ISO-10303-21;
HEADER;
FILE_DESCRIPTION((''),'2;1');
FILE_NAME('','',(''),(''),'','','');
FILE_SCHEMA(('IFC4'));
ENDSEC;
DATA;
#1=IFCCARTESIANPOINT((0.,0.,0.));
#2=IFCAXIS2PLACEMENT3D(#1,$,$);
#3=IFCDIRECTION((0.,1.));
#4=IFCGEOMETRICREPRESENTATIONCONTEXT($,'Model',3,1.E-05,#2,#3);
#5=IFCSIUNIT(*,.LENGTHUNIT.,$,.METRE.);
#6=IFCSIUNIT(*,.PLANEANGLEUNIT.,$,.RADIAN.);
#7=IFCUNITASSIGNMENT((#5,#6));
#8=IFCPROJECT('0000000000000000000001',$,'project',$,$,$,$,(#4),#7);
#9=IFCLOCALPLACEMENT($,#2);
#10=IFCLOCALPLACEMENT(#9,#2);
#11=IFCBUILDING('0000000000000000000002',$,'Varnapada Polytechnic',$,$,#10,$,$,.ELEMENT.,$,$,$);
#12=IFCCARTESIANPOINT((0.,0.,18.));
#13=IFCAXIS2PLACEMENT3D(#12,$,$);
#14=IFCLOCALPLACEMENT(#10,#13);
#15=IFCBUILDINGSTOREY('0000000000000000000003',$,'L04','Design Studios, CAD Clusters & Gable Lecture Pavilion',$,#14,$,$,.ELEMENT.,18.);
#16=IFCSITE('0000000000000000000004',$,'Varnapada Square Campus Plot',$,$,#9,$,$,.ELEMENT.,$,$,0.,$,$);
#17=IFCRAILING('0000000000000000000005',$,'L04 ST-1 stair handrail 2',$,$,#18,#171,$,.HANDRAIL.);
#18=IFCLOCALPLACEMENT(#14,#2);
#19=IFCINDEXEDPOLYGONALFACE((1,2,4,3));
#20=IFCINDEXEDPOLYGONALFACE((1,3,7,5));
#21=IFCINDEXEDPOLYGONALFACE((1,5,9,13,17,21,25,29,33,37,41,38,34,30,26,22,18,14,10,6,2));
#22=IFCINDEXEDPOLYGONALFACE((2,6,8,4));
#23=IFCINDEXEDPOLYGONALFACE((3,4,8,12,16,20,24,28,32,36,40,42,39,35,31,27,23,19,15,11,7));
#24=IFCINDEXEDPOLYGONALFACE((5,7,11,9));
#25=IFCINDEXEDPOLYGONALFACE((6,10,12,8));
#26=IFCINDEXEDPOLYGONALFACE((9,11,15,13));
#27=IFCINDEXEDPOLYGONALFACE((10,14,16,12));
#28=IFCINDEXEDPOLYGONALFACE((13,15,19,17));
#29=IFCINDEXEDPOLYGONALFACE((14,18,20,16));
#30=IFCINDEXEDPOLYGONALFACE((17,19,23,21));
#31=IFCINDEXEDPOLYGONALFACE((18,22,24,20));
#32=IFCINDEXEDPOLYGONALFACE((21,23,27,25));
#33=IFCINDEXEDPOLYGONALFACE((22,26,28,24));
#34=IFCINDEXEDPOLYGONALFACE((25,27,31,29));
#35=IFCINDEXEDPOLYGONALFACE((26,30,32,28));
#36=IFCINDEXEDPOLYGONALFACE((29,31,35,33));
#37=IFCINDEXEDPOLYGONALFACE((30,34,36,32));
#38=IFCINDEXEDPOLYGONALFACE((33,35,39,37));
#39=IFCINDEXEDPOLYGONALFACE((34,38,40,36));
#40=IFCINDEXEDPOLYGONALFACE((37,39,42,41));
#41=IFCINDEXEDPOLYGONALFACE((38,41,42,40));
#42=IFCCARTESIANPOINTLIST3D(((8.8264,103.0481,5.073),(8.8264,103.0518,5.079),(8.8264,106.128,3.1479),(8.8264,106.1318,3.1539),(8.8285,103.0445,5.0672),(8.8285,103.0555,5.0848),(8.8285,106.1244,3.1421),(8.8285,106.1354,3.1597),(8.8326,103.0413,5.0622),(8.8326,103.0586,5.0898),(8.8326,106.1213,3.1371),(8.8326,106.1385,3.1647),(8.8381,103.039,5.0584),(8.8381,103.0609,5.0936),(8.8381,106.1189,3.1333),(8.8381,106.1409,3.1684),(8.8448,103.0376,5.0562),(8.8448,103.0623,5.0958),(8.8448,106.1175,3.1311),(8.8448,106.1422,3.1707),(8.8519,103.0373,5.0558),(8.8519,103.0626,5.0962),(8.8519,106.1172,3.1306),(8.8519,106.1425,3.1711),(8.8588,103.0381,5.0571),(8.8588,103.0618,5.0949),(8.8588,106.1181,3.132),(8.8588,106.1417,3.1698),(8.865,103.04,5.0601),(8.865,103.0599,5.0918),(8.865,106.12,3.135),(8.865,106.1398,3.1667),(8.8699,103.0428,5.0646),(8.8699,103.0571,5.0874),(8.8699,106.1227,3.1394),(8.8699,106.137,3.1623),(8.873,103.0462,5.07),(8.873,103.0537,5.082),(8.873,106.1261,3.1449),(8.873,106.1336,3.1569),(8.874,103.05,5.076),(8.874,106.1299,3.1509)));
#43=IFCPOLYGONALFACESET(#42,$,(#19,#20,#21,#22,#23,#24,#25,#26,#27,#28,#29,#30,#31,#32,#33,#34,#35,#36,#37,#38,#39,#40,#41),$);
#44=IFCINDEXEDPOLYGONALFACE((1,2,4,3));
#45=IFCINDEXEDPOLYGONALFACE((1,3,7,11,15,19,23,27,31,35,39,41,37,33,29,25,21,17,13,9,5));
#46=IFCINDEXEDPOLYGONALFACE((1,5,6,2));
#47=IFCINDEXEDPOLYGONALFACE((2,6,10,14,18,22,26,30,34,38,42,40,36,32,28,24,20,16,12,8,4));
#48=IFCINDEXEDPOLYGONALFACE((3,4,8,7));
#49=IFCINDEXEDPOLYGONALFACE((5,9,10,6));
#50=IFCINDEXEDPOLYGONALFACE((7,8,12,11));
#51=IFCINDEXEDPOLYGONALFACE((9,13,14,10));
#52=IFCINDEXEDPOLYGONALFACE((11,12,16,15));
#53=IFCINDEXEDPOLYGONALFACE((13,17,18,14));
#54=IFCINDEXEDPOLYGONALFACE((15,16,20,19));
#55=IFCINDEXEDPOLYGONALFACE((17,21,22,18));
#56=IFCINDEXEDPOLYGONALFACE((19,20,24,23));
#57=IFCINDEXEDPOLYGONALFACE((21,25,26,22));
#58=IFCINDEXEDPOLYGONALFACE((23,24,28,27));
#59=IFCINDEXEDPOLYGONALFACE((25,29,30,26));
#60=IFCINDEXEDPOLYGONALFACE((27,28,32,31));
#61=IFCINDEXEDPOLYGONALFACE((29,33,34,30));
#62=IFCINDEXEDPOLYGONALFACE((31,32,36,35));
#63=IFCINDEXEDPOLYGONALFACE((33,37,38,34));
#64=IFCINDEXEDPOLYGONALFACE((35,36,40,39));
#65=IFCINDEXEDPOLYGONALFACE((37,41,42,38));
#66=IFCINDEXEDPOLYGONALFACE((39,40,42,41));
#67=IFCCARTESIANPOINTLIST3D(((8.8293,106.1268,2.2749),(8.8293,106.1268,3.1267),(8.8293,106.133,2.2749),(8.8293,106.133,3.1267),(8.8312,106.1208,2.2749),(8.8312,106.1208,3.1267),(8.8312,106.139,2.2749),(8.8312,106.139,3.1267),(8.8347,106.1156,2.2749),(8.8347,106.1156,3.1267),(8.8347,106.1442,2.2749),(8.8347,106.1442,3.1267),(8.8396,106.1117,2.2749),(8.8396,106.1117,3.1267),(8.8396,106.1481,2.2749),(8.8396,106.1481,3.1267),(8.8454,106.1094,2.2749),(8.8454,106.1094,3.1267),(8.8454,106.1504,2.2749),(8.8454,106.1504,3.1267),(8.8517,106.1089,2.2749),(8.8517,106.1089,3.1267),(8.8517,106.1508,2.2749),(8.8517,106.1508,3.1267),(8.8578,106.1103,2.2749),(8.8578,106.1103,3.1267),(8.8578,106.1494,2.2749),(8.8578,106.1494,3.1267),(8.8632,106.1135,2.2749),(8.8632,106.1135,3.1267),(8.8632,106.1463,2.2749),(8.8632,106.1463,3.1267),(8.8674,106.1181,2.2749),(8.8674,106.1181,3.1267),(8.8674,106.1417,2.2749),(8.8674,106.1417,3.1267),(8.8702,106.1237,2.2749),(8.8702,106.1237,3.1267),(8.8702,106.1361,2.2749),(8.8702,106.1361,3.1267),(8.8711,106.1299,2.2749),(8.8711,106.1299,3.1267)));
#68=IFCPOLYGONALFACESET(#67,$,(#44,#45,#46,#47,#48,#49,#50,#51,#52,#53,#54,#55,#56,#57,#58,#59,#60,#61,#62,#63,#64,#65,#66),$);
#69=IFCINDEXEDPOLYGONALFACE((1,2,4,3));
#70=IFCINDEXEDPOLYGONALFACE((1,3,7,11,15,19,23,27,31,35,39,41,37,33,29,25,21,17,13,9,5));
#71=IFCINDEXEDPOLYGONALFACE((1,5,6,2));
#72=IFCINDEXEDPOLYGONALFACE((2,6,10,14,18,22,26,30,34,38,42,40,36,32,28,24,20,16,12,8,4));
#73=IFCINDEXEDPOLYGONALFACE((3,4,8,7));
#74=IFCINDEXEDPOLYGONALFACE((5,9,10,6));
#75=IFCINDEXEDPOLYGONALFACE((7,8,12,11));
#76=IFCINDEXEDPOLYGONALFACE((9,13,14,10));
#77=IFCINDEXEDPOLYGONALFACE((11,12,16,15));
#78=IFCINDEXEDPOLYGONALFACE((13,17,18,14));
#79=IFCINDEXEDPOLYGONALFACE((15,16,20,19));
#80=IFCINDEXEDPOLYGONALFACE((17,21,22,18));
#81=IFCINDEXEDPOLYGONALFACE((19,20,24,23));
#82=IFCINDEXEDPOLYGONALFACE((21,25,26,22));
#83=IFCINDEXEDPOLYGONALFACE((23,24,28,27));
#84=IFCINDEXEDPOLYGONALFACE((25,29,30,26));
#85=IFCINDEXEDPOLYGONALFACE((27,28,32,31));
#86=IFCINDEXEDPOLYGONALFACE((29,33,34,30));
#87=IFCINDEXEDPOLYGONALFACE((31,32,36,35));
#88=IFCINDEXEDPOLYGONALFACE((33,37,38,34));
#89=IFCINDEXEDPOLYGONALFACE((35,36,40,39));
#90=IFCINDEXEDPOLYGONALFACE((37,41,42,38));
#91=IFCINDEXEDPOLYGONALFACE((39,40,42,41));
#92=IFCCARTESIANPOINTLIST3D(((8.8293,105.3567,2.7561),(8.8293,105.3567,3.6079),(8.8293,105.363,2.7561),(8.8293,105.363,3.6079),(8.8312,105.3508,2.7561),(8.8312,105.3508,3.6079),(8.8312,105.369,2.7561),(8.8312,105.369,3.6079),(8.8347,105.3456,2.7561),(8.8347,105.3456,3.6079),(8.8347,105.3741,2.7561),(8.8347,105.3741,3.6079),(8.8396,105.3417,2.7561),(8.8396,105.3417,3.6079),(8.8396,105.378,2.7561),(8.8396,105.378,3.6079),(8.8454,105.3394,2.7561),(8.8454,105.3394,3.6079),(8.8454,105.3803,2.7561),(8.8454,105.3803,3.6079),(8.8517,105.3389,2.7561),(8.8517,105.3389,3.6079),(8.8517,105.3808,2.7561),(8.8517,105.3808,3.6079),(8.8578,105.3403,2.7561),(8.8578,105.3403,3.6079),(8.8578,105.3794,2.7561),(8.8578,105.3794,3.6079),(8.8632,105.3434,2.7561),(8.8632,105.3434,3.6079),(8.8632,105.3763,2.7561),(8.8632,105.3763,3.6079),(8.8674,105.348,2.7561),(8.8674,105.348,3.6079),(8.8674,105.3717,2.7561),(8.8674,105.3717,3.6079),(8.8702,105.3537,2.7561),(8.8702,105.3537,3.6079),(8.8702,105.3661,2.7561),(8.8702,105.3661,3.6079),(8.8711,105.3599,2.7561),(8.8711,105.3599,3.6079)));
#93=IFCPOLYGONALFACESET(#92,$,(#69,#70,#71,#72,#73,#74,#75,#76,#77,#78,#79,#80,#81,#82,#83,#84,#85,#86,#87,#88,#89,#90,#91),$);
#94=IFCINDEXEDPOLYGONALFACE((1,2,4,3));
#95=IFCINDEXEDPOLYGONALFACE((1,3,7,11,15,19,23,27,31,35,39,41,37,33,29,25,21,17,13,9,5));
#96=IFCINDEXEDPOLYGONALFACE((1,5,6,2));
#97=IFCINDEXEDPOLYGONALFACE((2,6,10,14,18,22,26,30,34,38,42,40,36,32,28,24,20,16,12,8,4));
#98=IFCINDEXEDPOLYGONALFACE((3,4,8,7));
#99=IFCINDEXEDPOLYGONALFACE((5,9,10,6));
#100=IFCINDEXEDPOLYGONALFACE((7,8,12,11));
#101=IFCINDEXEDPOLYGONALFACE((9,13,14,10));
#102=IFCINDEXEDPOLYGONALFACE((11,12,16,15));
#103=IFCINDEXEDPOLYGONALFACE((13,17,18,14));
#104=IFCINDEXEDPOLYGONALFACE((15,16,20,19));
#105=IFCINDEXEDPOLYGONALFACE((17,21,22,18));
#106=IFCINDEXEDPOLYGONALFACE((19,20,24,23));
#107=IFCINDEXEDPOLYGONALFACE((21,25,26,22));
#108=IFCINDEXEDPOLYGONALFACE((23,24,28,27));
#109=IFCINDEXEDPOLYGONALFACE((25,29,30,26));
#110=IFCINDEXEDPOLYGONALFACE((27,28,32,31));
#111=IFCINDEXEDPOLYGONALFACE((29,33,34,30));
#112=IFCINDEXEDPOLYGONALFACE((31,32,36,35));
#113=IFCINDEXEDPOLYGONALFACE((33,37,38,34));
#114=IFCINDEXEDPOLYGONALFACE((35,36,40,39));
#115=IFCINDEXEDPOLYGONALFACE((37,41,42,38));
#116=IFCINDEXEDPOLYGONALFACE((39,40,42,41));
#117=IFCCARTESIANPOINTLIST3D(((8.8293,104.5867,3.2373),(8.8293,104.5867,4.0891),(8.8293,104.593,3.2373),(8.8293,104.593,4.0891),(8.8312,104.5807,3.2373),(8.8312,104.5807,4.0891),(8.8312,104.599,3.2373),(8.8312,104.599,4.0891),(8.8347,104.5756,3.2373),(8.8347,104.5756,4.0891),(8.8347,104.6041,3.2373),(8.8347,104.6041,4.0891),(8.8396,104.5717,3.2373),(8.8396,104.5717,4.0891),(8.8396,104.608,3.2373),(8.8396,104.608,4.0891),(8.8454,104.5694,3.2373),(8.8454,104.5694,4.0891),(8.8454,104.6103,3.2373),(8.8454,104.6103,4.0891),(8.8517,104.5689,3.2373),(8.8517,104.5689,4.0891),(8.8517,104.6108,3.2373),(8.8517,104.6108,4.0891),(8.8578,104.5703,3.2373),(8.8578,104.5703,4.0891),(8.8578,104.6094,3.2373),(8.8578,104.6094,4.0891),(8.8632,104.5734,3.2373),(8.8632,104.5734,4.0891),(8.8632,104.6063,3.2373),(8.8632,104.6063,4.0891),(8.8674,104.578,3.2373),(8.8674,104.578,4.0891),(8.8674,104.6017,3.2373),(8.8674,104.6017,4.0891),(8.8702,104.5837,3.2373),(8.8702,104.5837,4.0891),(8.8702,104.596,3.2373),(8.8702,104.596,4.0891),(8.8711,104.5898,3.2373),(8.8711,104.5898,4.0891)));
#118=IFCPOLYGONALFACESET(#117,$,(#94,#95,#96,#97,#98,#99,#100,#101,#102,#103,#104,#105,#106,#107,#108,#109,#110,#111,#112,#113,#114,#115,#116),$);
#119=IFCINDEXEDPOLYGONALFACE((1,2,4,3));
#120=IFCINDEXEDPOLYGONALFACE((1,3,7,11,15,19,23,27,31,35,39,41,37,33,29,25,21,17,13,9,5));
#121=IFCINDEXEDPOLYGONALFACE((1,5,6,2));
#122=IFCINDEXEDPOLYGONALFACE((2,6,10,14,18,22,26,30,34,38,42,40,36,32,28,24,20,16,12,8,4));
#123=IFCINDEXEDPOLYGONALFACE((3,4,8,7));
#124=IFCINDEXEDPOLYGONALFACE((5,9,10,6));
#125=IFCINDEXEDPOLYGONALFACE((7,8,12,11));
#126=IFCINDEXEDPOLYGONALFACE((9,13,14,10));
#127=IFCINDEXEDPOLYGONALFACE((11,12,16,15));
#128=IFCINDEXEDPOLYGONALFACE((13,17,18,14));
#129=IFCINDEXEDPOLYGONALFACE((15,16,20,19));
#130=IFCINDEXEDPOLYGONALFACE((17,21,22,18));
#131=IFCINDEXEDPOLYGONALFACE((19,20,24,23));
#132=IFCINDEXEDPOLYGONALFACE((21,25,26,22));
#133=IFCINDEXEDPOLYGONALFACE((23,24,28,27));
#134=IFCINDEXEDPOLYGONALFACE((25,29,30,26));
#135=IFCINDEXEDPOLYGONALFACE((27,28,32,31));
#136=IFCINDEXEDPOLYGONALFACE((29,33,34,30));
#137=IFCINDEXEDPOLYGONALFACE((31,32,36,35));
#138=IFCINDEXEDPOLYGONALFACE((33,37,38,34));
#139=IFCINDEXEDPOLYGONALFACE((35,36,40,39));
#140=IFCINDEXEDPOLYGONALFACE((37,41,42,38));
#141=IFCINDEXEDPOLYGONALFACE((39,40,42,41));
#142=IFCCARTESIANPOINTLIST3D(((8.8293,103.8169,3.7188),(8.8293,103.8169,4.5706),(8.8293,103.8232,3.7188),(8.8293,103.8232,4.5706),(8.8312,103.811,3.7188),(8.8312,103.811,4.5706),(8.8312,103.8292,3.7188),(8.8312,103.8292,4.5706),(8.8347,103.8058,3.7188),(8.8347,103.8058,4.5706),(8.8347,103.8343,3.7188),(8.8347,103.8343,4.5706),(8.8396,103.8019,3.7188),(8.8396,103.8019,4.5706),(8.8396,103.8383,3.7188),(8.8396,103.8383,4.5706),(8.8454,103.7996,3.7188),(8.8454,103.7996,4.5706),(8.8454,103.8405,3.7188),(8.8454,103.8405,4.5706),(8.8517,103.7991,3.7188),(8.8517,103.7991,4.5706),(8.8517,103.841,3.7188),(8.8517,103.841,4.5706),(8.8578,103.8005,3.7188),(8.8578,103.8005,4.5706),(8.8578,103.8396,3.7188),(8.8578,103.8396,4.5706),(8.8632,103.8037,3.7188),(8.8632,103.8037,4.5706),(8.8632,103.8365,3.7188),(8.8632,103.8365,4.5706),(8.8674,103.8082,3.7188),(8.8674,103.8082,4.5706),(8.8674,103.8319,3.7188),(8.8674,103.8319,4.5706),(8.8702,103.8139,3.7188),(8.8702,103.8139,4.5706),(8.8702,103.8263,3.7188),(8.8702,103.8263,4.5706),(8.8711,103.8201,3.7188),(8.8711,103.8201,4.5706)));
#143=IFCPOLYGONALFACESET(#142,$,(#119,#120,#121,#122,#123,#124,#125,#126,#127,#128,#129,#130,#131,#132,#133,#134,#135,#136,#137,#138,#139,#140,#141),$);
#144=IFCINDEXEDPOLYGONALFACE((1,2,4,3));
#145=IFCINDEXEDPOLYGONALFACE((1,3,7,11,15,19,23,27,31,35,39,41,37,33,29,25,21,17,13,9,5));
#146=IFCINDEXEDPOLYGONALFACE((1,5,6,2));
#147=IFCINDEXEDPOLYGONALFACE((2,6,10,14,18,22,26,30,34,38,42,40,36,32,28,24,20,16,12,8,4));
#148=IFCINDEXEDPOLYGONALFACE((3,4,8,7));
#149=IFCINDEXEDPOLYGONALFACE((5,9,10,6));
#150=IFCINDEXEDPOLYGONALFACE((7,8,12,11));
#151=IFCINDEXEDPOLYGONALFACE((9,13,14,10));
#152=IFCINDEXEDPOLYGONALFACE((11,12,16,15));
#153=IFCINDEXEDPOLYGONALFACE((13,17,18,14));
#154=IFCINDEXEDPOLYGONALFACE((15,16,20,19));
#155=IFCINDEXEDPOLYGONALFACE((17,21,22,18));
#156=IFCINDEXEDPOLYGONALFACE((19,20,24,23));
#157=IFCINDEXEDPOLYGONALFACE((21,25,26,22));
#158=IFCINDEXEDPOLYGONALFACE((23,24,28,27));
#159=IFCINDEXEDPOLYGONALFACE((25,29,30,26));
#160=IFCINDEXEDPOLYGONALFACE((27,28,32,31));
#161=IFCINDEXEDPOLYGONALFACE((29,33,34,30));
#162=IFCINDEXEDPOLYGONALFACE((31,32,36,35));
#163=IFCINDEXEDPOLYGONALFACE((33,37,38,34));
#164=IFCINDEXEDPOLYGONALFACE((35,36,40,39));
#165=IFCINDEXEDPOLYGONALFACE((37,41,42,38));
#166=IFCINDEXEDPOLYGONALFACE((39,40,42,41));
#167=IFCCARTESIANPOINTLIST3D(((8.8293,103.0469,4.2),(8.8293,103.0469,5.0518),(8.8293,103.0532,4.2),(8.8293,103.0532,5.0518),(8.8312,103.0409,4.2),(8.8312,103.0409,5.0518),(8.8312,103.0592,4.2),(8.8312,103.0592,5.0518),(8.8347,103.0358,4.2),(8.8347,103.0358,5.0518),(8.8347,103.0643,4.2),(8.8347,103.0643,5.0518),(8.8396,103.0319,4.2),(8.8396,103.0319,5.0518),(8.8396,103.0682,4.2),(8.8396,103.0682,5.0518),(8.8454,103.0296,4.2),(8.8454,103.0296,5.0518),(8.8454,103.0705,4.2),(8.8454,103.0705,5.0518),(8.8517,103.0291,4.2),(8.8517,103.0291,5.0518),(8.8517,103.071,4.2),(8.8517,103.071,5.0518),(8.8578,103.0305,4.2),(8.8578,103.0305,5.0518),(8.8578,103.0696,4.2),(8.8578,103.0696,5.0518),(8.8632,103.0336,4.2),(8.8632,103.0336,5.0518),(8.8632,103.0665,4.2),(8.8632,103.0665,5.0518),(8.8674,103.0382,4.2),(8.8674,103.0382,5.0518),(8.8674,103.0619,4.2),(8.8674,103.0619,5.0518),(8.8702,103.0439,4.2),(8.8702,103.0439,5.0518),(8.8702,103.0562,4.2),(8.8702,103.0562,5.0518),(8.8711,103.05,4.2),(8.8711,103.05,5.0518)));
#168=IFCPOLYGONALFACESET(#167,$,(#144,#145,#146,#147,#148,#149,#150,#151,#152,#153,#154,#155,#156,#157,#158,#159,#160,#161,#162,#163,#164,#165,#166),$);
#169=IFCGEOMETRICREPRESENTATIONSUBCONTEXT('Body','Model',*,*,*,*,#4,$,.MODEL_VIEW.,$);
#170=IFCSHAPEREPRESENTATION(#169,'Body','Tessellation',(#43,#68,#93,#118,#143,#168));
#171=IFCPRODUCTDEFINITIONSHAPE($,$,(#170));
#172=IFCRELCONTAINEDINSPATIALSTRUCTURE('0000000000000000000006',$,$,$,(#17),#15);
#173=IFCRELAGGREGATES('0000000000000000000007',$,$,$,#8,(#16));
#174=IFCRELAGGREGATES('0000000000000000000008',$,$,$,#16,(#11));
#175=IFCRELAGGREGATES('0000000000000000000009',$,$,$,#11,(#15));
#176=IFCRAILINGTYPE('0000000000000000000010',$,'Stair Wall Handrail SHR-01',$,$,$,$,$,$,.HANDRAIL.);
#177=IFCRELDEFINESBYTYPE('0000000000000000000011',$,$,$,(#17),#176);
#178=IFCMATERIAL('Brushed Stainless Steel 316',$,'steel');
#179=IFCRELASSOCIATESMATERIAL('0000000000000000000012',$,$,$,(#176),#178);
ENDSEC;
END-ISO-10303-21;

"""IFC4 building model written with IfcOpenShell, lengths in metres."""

from ifc_helpers import new_model, si_unit, direction, frame, origin, origin_2d, place, context, subcontext, project, spatial, circle, extrude, material, type_object, element, save


model = new_model("IFC4")

# Units and contexts
model_context = context("Model", 3, precision=1e-05, world=origin(), true_north=direction((0.0, 1.0)))
body_context = subcontext(model_context, "Body", "Model", "MODEL_VIEW")
ifc_project = project(units=[si_unit("LENGTHUNIT", "METRE"), si_unit("PLANEANGLEUNIT", "RADIAN")], contexts=[model_context])

# Site, building, storey
site_placement = place(None, origin())
site = spatial("IfcSite", under=ifc_project, at=site_placement, Name="Varnapada Square Campus Plot", CompositionType="ELEMENT", RefElevation=0.0)
building_placement = place(site_placement, origin())
building = spatial("IfcBuilding", under=site, at=building_placement, Name="Varnapada Polytechnic", CompositionType="ELEMENT")
storey_placement = place(building_placement, frame((0.0, 0.0, 18.0)))
storey = spatial("IfcBuildingStorey", under=building, at=storey_placement, Name="L04", Description="Design Studios, CAD Clusters & Gable Lecture Pavilion", CompositionType="ELEMENT", Elevation=18.0)

# Shared definitions
ifc_material_1 = material(Name="Brushed Stainless Steel 316", Category="steel")

# Railing
railing_type_1 = type_object("IfcRailingType", Name="Stair Wall Handrail SHR-01", PredefinedType="HANDRAIL", material=ifc_material_1)
railing_1_placement = place(storey_placement, frame((8.8501, 106.1299, 2.2749)))
element("IfcRailing", 1, at=railing_1_placement, inside=storey, type_object=railing_type_1, Name="L04 ST-1 stair handrail 2", PredefinedType="HANDRAIL", context=body_context, shape_type="SweptSolid", body=[
    extrude(circle(Radius=0.0239, at=origin_2d()), frame((0.0, 0.0, 0.876), z_axis=(0.0, -0.847979, 0.530029), x_axis=(1.0, 0.0, 0.0)), (0.0, 0.0, 1.0), 3.6321),
    extrude(circle(Radius=0.021, at=origin_2d()), origin(), (0.0, 0.0, 1.0), 0.8518),
    extrude(circle(Radius=0.021, at=origin_2d()), frame((0.0, -0.77, 0.4812)), (0.0, 0.0, 1.0), 0.8518),
    extrude(circle(Radius=0.021, at=origin_2d()), frame((0.0, -1.54, 0.9624)), (0.0, 0.0, 1.0), 0.8518),
    extrude(circle(Radius=0.021, at=origin_2d()), frame((0.0, -2.3098, 1.4438)), (0.0, 0.0, 1.0), 0.8518),
    extrude(circle(Radius=0.021, at=origin_2d()), frame((0.0, -3.0798, 1.925)), (0.0, 0.0, 1.0), 0.8518),
])

save(model, "model.ifc")
